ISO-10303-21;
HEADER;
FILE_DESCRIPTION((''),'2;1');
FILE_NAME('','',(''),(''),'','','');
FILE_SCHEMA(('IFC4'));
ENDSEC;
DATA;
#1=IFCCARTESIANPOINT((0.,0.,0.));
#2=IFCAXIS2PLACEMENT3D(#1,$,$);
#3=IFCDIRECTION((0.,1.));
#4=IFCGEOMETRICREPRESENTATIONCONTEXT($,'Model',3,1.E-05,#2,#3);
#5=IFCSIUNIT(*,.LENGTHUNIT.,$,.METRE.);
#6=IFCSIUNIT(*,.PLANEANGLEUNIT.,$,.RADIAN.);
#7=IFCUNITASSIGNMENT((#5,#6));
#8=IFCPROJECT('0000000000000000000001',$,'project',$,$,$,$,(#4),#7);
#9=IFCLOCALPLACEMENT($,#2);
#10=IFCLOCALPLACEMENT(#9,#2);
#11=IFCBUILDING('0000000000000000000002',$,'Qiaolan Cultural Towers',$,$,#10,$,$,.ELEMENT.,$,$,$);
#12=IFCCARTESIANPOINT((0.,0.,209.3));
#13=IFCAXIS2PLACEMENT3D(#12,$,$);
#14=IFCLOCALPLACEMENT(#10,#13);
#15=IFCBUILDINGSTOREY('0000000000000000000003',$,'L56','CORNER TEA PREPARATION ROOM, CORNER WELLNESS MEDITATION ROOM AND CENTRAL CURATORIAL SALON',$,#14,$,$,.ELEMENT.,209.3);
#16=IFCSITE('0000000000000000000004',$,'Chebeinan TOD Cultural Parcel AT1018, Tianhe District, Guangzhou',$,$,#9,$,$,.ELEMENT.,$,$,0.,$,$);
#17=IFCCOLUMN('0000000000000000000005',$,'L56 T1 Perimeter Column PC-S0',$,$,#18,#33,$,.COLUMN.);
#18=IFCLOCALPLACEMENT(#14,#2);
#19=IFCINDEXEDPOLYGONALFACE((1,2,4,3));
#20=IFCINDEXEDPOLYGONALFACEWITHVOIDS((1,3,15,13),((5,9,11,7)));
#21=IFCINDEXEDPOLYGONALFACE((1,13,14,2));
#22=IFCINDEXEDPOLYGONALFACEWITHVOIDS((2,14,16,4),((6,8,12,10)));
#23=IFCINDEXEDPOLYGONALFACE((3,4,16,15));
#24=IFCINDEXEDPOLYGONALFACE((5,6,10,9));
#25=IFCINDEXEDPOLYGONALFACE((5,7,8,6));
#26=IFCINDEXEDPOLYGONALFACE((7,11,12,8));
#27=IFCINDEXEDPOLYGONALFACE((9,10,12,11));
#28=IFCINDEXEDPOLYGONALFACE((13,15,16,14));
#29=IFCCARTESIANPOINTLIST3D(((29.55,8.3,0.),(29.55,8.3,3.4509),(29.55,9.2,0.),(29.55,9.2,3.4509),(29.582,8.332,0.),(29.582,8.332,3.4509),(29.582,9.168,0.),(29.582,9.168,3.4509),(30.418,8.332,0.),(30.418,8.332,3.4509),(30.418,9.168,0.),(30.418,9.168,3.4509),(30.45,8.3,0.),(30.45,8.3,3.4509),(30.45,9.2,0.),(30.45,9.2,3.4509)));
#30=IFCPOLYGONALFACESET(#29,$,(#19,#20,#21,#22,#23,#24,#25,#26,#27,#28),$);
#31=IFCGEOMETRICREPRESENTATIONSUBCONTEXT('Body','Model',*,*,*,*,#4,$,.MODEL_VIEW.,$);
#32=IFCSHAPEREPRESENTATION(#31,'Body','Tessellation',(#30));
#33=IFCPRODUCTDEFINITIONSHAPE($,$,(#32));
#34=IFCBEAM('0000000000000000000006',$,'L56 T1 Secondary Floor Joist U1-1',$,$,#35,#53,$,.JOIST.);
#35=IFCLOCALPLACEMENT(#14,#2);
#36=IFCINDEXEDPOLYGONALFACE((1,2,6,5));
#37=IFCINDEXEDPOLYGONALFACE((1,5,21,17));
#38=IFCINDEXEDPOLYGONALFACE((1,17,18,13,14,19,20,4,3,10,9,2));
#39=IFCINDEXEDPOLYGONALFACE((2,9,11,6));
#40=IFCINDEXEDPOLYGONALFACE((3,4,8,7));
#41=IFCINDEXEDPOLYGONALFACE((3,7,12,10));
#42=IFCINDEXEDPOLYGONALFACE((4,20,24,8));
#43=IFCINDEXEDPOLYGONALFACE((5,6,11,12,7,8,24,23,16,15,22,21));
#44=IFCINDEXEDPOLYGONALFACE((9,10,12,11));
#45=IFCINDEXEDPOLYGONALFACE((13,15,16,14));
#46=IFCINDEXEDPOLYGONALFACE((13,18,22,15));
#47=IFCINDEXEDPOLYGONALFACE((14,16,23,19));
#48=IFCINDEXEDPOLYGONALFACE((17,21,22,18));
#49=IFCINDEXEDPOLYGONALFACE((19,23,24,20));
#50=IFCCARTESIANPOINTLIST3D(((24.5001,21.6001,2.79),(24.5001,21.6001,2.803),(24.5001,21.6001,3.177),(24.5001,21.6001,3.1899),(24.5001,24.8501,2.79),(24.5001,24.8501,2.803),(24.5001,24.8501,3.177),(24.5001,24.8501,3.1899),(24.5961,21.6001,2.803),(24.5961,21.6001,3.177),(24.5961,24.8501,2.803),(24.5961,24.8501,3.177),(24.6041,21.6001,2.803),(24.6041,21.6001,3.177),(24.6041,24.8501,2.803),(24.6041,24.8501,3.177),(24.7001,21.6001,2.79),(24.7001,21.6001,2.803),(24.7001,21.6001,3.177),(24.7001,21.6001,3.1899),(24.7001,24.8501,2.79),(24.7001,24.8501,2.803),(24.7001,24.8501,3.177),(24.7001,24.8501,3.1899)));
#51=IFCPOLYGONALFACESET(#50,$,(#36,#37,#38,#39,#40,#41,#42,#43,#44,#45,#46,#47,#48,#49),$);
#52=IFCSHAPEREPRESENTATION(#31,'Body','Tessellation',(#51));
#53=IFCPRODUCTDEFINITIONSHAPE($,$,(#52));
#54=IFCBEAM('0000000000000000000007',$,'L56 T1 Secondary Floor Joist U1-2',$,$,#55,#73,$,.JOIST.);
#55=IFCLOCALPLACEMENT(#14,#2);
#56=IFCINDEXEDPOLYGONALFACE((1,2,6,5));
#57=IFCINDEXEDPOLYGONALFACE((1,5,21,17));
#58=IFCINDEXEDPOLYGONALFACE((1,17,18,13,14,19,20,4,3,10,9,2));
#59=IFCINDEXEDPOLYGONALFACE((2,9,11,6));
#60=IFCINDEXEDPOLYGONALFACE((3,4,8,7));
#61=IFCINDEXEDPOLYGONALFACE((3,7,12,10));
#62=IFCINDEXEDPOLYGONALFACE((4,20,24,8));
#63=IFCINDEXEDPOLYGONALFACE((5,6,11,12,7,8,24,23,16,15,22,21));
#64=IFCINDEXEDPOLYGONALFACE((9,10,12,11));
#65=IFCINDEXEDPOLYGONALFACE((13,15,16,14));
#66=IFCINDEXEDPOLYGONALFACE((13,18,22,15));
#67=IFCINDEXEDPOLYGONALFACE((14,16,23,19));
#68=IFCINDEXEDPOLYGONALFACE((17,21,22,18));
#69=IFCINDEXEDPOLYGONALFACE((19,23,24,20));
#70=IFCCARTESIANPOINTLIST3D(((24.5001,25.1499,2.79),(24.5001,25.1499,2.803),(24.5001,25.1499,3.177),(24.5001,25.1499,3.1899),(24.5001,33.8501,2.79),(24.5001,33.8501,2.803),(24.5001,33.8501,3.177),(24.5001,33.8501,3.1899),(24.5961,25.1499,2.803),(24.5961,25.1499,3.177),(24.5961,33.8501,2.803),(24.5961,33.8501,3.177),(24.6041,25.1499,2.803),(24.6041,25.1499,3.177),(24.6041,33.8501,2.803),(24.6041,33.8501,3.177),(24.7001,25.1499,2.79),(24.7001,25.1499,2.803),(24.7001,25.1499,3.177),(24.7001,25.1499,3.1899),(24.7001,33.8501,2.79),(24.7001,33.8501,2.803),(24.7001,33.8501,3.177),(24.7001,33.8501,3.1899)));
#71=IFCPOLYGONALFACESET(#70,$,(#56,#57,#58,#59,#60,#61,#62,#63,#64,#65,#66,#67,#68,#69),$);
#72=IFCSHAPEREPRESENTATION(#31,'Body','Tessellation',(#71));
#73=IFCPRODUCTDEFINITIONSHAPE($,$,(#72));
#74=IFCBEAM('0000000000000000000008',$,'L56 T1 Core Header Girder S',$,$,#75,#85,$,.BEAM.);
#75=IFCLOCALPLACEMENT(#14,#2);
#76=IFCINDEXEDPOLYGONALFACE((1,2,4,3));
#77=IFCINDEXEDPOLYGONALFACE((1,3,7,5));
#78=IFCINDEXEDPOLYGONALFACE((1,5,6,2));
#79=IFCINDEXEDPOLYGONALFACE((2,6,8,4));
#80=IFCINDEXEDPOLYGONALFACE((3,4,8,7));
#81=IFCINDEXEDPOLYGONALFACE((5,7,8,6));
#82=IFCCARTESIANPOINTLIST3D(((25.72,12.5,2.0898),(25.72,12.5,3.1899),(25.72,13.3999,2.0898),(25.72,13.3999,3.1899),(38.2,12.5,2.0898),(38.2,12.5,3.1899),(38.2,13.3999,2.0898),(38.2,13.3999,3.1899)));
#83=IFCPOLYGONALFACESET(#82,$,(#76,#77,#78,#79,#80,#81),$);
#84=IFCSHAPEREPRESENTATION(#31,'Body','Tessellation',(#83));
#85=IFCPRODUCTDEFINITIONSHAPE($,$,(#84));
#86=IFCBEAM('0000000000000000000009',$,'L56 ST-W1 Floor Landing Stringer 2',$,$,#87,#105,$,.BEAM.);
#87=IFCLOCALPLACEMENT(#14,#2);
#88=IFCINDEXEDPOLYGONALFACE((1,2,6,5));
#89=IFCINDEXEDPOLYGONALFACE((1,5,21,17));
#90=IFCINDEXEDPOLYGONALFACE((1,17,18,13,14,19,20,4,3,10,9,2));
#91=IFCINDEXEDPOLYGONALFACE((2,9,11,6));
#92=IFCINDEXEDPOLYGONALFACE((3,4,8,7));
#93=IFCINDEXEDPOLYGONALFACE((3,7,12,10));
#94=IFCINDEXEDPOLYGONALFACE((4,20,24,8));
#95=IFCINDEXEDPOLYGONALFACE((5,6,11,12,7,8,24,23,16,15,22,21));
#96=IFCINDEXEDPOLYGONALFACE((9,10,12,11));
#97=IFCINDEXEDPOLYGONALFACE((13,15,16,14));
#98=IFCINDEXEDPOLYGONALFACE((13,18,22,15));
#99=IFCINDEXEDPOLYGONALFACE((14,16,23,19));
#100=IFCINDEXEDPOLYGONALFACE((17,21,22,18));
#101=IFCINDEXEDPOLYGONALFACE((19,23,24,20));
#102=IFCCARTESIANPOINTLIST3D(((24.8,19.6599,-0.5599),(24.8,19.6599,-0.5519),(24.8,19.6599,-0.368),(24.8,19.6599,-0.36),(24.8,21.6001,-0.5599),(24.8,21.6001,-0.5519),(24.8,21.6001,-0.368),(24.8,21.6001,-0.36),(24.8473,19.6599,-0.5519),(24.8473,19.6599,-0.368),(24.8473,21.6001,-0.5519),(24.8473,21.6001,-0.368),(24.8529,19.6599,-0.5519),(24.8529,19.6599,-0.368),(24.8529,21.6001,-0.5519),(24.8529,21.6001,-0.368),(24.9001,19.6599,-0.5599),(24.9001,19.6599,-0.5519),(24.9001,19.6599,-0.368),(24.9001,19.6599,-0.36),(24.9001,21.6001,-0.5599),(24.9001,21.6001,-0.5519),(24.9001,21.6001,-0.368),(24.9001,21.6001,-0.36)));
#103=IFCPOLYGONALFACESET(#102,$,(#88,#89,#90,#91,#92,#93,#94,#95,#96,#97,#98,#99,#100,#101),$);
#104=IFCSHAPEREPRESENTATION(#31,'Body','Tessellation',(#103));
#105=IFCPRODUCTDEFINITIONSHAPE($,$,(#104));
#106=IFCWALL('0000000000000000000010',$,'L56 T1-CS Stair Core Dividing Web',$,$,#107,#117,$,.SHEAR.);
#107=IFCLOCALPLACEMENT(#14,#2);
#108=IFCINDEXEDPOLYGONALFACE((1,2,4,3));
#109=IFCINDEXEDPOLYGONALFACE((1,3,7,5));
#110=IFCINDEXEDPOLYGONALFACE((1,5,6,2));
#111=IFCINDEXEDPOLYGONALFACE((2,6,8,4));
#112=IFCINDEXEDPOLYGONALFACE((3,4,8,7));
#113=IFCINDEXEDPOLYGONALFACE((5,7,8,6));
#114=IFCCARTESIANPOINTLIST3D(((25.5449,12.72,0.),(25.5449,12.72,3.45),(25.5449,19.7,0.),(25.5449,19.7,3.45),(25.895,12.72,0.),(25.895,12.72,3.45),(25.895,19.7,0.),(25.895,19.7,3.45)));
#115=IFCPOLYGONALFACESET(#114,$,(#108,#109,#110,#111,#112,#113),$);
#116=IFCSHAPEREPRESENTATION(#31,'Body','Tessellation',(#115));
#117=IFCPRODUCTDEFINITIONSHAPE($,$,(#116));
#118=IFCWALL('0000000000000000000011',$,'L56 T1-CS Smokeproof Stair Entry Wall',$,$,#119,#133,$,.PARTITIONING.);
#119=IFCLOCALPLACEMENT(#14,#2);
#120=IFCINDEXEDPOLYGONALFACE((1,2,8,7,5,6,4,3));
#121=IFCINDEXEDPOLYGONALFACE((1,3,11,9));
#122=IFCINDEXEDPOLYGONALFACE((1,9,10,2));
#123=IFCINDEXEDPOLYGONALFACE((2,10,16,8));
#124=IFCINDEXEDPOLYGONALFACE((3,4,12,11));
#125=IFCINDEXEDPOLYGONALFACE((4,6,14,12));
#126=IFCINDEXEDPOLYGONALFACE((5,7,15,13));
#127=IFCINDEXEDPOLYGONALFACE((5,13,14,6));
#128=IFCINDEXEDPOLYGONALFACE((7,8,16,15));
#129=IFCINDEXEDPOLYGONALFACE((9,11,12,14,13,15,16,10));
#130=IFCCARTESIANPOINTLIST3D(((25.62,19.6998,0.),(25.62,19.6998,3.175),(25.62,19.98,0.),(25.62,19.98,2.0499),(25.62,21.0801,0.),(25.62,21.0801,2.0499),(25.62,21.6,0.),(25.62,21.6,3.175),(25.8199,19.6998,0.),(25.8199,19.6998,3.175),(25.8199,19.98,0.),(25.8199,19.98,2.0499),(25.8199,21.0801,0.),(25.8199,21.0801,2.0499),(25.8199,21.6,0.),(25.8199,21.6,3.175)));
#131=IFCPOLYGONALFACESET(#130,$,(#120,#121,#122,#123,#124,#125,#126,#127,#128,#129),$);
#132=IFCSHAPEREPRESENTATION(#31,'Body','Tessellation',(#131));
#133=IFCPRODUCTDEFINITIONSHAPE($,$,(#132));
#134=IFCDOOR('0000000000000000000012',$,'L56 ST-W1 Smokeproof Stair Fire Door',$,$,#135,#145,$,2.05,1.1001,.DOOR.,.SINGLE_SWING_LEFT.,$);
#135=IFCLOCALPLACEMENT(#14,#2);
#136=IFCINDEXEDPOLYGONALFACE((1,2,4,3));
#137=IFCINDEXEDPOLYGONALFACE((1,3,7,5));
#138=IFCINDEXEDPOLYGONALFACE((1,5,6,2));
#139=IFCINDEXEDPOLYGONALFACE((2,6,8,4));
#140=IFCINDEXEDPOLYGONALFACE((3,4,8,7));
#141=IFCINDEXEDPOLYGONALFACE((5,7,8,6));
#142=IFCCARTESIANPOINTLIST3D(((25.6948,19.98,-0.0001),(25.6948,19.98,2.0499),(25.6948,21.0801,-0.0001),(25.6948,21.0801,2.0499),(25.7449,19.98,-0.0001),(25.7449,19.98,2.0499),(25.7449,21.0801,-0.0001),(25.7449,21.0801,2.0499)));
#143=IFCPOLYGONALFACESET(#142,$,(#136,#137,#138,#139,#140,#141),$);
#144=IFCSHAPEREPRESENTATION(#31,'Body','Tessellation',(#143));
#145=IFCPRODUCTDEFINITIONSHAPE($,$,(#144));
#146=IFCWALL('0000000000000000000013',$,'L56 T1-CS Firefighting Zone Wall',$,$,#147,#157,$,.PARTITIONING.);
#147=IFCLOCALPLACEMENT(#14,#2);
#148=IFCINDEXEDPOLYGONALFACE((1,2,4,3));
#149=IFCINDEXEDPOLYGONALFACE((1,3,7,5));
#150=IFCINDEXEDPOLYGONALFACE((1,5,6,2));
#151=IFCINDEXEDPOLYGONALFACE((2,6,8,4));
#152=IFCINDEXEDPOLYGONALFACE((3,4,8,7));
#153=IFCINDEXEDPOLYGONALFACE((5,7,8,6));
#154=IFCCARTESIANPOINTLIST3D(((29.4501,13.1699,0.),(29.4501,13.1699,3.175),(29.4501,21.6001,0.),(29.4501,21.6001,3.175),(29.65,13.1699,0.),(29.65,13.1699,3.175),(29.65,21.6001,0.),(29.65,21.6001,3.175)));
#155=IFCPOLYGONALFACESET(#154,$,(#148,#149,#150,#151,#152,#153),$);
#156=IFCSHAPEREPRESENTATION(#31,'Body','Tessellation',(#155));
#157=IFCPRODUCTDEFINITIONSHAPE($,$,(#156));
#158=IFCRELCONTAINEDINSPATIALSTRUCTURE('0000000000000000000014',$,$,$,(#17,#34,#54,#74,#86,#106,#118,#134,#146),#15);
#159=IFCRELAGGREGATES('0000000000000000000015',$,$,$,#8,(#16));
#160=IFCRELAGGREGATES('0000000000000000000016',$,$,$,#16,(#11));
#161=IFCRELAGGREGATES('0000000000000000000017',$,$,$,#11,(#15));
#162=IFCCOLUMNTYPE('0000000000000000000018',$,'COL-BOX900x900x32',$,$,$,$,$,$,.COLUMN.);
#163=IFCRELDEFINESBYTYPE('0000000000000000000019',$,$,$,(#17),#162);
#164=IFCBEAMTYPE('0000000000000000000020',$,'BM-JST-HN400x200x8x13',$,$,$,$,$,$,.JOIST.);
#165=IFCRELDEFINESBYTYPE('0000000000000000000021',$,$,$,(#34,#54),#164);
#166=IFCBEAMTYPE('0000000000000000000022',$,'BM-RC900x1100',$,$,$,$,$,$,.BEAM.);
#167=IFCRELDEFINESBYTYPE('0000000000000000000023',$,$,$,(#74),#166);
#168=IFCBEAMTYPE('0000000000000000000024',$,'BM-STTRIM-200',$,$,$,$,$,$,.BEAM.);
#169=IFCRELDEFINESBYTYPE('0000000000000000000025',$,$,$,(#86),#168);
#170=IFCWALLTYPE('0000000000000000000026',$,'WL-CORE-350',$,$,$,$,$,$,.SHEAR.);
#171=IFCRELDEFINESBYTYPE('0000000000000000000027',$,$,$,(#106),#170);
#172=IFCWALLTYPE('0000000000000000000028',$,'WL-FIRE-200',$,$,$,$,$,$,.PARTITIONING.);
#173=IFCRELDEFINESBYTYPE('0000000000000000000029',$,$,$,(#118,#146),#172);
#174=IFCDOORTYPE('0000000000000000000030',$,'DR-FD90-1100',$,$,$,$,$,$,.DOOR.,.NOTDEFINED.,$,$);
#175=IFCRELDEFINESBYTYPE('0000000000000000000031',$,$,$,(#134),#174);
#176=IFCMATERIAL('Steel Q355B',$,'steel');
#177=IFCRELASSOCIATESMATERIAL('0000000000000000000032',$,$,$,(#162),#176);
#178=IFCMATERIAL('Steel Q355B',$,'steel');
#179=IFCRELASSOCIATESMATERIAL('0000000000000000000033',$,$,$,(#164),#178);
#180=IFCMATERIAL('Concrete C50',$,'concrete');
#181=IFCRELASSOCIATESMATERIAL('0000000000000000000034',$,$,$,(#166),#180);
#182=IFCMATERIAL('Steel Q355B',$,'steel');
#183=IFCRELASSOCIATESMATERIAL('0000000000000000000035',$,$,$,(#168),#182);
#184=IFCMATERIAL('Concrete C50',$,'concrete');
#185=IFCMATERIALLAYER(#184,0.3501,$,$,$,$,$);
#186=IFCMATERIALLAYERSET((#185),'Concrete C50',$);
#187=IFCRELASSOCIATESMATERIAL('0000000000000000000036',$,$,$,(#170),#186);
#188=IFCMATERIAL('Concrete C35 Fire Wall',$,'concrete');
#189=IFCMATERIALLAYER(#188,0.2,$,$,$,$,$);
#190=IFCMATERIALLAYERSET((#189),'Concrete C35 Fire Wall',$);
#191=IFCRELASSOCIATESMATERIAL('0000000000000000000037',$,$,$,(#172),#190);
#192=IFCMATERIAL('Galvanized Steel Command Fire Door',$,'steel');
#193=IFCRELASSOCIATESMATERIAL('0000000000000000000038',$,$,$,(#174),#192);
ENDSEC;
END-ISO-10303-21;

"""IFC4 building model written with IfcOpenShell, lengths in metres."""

from ifc_helpers import new_model, si_unit, direction, frame, frame_2d, origin, origin_2d, place, context, subcontext, project, spatial, rectangle, hollow_rectangle, i_section, extrude, material, layer, layer_set, material_profile, profile_set, type_object, element, fill, save


model = new_model("IFC4")

# Units and contexts
model_context = context("Model", 3, precision=1e-05, world=origin(), true_north=direction((0.0, 1.0)))
body_context = subcontext(model_context, "Body", "Model", "MODEL_VIEW")
ifc_project = project(units=[si_unit("LENGTHUNIT", "METRE"), si_unit("PLANEANGLEUNIT", "RADIAN")], contexts=[model_context])

# Site, building, storey
site_placement = place(None, origin())
site = spatial("IfcSite", under=ifc_project, at=site_placement, Name="Chebeinan TOD Cultural Parcel AT1018, Tianhe District, Guangzhou", CompositionType="ELEMENT", RefElevation=0.0)
building_placement = place(site_placement, origin())
building = spatial("IfcBuilding", under=site, at=building_placement, Name="Qiaolan Cultural Towers", CompositionType="ELEMENT")
storey_placement = place(building_placement, frame((0.0, 0.0, 209.3)))
storey = spatial("IfcBuildingStorey", under=building, at=storey_placement, Name="L56", Description="CORNER TEA PREPARATION ROOM, CORNER WELLNESS MEDITATION ROOM AND CENTRAL CURATORIAL SALON", CompositionType="ELEMENT", Elevation=209.3)

# Column
ifc_material_1 = material(Name="Steel Q355B", Category="steel")
ifc_material_profile_1 = material_profile(ifc_material_1, hollow_rectangle(XDim=0.8999, YDim=0.8999, WallThickness=0.032, at=origin_2d()), Name="BOX900x900x32")
ifc_profile_set_1 = profile_set([ifc_material_profile_1], Name="Steel Q355B")
column_type = type_object("IfcColumnType", Name="COL-BOX900x900x32", PredefinedType="COLUMN", material=ifc_profile_set_1)
column_placement = place(storey_placement, frame((30.0, 8.75, 0.0), z_axis=(0.0, 0.0, 1.0), x_axis=(1.0, 0.0, 0.0)))
element("IfcColumn", 1, at=column_placement, inside=storey, type_object=column_type, Name="L56 T1 Perimeter Column PC-S0", PredefinedType="COLUMN", context=body_context, shape_type="SweptSolid", body=[
    extrude(hollow_rectangle(XDim=0.8999, YDim=0.8999, WallThickness=0.032, at=origin_2d()), origin(), (0.0, 0.0, 1.0), 3.4509),
])

# Beams
ifc_material_2 = material(Name="Steel Q355B", Category="steel")
ifc_material_profile_2 = material_profile(ifc_material_2, i_section(OverallWidth=0.2, OverallDepth=0.3999, WebThickness=0.0081, FlangeThickness=0.0129, at=origin_2d()), Name="HN400x200x8x13")
ifc_profile_set_2 = profile_set([ifc_material_profile_2], Name="Steel Q355B")
beam_type_1 = type_object("IfcBeamType", Name="BM-JST-HN400x200x8x13", PredefinedType="JOIST", material=ifc_profile_set_2)
beam_1_placement = place(storey_placement, frame((24.6001, 21.6001, 2.99), z_axis=(0.0, 1.0, 0.0), x_axis=(-1.0, 0.0, 0.0)))
element("IfcBeam", 2, at=beam_1_placement, inside=storey, type_object=beam_type_1, Name="L56 T1 Secondary Floor Joist U1-1", PredefinedType="JOIST", context=body_context, shape_type="SweptSolid", body=[
    extrude(i_section(OverallWidth=0.2, OverallDepth=0.3999, WebThickness=0.0081, FlangeThickness=0.0129, at=origin_2d()), origin(), (0.0, 0.0, 1.0), 3.25),
])
beam_2_placement = place(storey_placement, frame((24.6001, 25.1499, 2.99), z_axis=(0.0, 1.0, 0.0), x_axis=(-1.0, 0.0, 0.0)))
element("IfcBeam", 3, at=beam_2_placement, inside=storey, type_object=beam_type_1, Name="L56 T1 Secondary Floor Joist U1-2", PredefinedType="JOIST", context=body_context, shape_type="SweptSolid", body=[
    extrude(i_section(OverallWidth=0.2, OverallDepth=0.3999, WebThickness=0.0081, FlangeThickness=0.0129, at=origin_2d()), origin(), (0.0, 0.0, 1.0), 8.7002),
])
ifc_material_3 = material(Name="Concrete C50", Category="concrete")
ifc_material_profile_3 = material_profile(ifc_material_3, rectangle(XDim=0.8999, YDim=1.1001, at=origin_2d()), Name="RC900x1100")
ifc_profile_set_3 = profile_set([ifc_material_profile_3], Name="Concrete C50")
beam_type_2 = type_object("IfcBeamType", Name="BM-RC900x1100", PredefinedType="BEAM", material=ifc_profile_set_3)
beam_3_placement = place(storey_placement, frame((25.72, 12.95, 2.6399), z_axis=(1.0, 0.0, 0.0), x_axis=(0.0, 1.0, 0.0)))
element("IfcBeam", 4, at=beam_3_placement, inside=storey, type_object=beam_type_2, Name="L56 T1 Core Header Girder S", PredefinedType="BEAM", context=body_context, shape_type="SweptSolid", body=[
    extrude(rectangle(XDim=0.8999, YDim=1.1001, at=origin_2d()), origin(), (0.0, 0.0, 1.0), 12.48),
])
ifc_material_4 = material(Name="Steel Q355B", Category="steel")
ifc_material_profile_4 = material_profile(ifc_material_4, i_section(OverallWidth=0.1001, OverallDepth=0.2, WebThickness=0.0056, FlangeThickness=0.0081, at=origin_2d()), Name="HN200x100x5.5x8")
ifc_profile_set_4 = profile_set([ifc_material_profile_4], Name="Steel Q355B")
beam_type_3 = type_object("IfcBeamType", Name="BM-STTRIM-200", PredefinedType="BEAM", material=ifc_profile_set_4)
beam_4_placement = place(storey_placement, frame((24.8501, 21.6001, -0.46), z_axis=(0.0, -1.0, 0.0), x_axis=(1.0, 0.0, 0.0)))
element("IfcBeam", 5, at=beam_4_placement, inside=storey, type_object=beam_type_3, Name="L56 ST-W1 Floor Landing Stringer 2", PredefinedType="BEAM", context=body_context, shape_type="SweptSolid", body=[
    extrude(i_section(OverallWidth=0.1001, OverallDepth=0.2, WebThickness=0.0056, FlangeThickness=0.0081, at=origin_2d()), origin(), (0.0, 0.0, 1.0), 1.9402),
])

# Wall
ifc_material_5 = material(Name="Concrete C50", Category="concrete")
ifc_layer_1 = layer(ifc_material_5, 0.3501)
ifc_layer_set_1 = layer_set([ifc_layer_1], Name="Concrete C50")
wall_type_1 = type_object("IfcWallType", Name="WL-CORE-350", PredefinedType="SHEAR", material=ifc_layer_set_1)
wall_1_placement = place(storey_placement, frame((25.72, 19.7, 0.0), z_axis=(0.0, 0.0, 1.0), x_axis=(0.0, -1.0, 0.0)))
element("IfcWall", 6, at=wall_1_placement, inside=storey, type_object=wall_type_1, Name="L56 T1-CS Stair Core Dividing Web", PredefinedType="SHEAR", context=body_context, shape_type="SweptSolid", body=[
    extrude(rectangle(XDim=6.98, YDim=0.3501, at=frame_2d((3.49, 0.0))), origin(), (0.0, 0.0, 1.0), 3.45),
])

# Wall, opening, door
ifc_material_6 = material(Name="Concrete C35 Fire Wall", Category="concrete")
ifc_layer_2 = layer(ifc_material_6, 0.2)
ifc_layer_set_2 = layer_set([ifc_layer_2], Name="Concrete C35 Fire Wall")
wall_type_2 = type_object("IfcWallType", Name="WL-FIRE-200", PredefinedType="PARTITIONING", material=ifc_layer_set_2)
wall_2_placement = place(storey_placement, frame((25.72, 21.6001, 0.0), z_axis=(0.0, 0.0, 1.0), x_axis=(0.0, -1.0, 0.0)))
wall_2 = element("IfcWall", 7, at=wall_2_placement, inside=storey, type_object=wall_type_2, Name="L56 T1-CS Smokeproof Stair Entry Wall", PredefinedType="PARTITIONING", context=body_context, shape_type="SweptSolid", body=[
    extrude(rectangle(XDim=1.9001, YDim=0.2, at=frame_2d((0.9502, 0.0))), origin(), (0.0, 0.0, 1.0), 3.175),
])
opening_1_placement = place(wall_2_placement, frame((0.52, 0.0, 0.0)))
opening_1 = element("IfcOpeningElement", 8, at=opening_1_placement, cuts=wall_2, PredefinedType="OPENING", context=body_context, shape_type="SweptSolid", body=[
    extrude(rectangle(XDim=1.1001, YDim=2.05, at=frame_2d((0.55, 1.0249))), frame((0.0, 0.1099, 0.0), z_axis=(0.0, -1.0, 0.0), x_axis=(1.0, 0.0, 0.0)), (0.0, 0.0, 1.0), 0.22),
])
ifc_material_7 = material(Name="Galvanized Steel Command Fire Door", Category="steel")
door_type_1 = type_object("IfcDoorType", Name="DR-FD90-1100", OperationType="NOTDEFINED", PredefinedType="DOOR", material=ifc_material_7)
door_1_placement = place(opening_1_placement, origin())
door_1 = element("IfcDoor", 9, at=door_1_placement, inside=storey, type_object=door_type_1, Name="L56 ST-W1 Smokeproof Stair Fire Door", OperationType="SINGLE_SWING_LEFT", OverallHeight=2.05, OverallWidth=1.1001, PredefinedType="DOOR", context=body_context, shape_type="SweptSolid", body=[
    extrude(rectangle(XDim=1.1001, YDim=2.05, at=frame_2d((0.55, 1.0249))), frame((0.0, 0.0249, 0.0), z_axis=(0.0, -1.0, 0.0), x_axis=(1.0, 0.0, 0.0)), (0.0, 0.0, 1.0), 0.05),
])
fill(opening_1, door_1)

# Wall
wall_3_placement = place(storey_placement, frame((29.55, 21.6001, 0.0), z_axis=(0.0, 0.0, 1.0), x_axis=(0.0, -1.0, 0.0)))
element("IfcWall", 10, at=wall_3_placement, inside=storey, type_object=wall_type_2, Name="L56 T1-CS Firefighting Zone Wall", PredefinedType="PARTITIONING", context=body_context, shape_type="SweptSolid", body=[
    extrude(rectangle(XDim=8.4302, YDim=0.2, at=frame_2d((4.2151, 0.0))), origin(), (0.0, 0.0, 1.0), 3.175),
])

save(model, "model.ifc")
